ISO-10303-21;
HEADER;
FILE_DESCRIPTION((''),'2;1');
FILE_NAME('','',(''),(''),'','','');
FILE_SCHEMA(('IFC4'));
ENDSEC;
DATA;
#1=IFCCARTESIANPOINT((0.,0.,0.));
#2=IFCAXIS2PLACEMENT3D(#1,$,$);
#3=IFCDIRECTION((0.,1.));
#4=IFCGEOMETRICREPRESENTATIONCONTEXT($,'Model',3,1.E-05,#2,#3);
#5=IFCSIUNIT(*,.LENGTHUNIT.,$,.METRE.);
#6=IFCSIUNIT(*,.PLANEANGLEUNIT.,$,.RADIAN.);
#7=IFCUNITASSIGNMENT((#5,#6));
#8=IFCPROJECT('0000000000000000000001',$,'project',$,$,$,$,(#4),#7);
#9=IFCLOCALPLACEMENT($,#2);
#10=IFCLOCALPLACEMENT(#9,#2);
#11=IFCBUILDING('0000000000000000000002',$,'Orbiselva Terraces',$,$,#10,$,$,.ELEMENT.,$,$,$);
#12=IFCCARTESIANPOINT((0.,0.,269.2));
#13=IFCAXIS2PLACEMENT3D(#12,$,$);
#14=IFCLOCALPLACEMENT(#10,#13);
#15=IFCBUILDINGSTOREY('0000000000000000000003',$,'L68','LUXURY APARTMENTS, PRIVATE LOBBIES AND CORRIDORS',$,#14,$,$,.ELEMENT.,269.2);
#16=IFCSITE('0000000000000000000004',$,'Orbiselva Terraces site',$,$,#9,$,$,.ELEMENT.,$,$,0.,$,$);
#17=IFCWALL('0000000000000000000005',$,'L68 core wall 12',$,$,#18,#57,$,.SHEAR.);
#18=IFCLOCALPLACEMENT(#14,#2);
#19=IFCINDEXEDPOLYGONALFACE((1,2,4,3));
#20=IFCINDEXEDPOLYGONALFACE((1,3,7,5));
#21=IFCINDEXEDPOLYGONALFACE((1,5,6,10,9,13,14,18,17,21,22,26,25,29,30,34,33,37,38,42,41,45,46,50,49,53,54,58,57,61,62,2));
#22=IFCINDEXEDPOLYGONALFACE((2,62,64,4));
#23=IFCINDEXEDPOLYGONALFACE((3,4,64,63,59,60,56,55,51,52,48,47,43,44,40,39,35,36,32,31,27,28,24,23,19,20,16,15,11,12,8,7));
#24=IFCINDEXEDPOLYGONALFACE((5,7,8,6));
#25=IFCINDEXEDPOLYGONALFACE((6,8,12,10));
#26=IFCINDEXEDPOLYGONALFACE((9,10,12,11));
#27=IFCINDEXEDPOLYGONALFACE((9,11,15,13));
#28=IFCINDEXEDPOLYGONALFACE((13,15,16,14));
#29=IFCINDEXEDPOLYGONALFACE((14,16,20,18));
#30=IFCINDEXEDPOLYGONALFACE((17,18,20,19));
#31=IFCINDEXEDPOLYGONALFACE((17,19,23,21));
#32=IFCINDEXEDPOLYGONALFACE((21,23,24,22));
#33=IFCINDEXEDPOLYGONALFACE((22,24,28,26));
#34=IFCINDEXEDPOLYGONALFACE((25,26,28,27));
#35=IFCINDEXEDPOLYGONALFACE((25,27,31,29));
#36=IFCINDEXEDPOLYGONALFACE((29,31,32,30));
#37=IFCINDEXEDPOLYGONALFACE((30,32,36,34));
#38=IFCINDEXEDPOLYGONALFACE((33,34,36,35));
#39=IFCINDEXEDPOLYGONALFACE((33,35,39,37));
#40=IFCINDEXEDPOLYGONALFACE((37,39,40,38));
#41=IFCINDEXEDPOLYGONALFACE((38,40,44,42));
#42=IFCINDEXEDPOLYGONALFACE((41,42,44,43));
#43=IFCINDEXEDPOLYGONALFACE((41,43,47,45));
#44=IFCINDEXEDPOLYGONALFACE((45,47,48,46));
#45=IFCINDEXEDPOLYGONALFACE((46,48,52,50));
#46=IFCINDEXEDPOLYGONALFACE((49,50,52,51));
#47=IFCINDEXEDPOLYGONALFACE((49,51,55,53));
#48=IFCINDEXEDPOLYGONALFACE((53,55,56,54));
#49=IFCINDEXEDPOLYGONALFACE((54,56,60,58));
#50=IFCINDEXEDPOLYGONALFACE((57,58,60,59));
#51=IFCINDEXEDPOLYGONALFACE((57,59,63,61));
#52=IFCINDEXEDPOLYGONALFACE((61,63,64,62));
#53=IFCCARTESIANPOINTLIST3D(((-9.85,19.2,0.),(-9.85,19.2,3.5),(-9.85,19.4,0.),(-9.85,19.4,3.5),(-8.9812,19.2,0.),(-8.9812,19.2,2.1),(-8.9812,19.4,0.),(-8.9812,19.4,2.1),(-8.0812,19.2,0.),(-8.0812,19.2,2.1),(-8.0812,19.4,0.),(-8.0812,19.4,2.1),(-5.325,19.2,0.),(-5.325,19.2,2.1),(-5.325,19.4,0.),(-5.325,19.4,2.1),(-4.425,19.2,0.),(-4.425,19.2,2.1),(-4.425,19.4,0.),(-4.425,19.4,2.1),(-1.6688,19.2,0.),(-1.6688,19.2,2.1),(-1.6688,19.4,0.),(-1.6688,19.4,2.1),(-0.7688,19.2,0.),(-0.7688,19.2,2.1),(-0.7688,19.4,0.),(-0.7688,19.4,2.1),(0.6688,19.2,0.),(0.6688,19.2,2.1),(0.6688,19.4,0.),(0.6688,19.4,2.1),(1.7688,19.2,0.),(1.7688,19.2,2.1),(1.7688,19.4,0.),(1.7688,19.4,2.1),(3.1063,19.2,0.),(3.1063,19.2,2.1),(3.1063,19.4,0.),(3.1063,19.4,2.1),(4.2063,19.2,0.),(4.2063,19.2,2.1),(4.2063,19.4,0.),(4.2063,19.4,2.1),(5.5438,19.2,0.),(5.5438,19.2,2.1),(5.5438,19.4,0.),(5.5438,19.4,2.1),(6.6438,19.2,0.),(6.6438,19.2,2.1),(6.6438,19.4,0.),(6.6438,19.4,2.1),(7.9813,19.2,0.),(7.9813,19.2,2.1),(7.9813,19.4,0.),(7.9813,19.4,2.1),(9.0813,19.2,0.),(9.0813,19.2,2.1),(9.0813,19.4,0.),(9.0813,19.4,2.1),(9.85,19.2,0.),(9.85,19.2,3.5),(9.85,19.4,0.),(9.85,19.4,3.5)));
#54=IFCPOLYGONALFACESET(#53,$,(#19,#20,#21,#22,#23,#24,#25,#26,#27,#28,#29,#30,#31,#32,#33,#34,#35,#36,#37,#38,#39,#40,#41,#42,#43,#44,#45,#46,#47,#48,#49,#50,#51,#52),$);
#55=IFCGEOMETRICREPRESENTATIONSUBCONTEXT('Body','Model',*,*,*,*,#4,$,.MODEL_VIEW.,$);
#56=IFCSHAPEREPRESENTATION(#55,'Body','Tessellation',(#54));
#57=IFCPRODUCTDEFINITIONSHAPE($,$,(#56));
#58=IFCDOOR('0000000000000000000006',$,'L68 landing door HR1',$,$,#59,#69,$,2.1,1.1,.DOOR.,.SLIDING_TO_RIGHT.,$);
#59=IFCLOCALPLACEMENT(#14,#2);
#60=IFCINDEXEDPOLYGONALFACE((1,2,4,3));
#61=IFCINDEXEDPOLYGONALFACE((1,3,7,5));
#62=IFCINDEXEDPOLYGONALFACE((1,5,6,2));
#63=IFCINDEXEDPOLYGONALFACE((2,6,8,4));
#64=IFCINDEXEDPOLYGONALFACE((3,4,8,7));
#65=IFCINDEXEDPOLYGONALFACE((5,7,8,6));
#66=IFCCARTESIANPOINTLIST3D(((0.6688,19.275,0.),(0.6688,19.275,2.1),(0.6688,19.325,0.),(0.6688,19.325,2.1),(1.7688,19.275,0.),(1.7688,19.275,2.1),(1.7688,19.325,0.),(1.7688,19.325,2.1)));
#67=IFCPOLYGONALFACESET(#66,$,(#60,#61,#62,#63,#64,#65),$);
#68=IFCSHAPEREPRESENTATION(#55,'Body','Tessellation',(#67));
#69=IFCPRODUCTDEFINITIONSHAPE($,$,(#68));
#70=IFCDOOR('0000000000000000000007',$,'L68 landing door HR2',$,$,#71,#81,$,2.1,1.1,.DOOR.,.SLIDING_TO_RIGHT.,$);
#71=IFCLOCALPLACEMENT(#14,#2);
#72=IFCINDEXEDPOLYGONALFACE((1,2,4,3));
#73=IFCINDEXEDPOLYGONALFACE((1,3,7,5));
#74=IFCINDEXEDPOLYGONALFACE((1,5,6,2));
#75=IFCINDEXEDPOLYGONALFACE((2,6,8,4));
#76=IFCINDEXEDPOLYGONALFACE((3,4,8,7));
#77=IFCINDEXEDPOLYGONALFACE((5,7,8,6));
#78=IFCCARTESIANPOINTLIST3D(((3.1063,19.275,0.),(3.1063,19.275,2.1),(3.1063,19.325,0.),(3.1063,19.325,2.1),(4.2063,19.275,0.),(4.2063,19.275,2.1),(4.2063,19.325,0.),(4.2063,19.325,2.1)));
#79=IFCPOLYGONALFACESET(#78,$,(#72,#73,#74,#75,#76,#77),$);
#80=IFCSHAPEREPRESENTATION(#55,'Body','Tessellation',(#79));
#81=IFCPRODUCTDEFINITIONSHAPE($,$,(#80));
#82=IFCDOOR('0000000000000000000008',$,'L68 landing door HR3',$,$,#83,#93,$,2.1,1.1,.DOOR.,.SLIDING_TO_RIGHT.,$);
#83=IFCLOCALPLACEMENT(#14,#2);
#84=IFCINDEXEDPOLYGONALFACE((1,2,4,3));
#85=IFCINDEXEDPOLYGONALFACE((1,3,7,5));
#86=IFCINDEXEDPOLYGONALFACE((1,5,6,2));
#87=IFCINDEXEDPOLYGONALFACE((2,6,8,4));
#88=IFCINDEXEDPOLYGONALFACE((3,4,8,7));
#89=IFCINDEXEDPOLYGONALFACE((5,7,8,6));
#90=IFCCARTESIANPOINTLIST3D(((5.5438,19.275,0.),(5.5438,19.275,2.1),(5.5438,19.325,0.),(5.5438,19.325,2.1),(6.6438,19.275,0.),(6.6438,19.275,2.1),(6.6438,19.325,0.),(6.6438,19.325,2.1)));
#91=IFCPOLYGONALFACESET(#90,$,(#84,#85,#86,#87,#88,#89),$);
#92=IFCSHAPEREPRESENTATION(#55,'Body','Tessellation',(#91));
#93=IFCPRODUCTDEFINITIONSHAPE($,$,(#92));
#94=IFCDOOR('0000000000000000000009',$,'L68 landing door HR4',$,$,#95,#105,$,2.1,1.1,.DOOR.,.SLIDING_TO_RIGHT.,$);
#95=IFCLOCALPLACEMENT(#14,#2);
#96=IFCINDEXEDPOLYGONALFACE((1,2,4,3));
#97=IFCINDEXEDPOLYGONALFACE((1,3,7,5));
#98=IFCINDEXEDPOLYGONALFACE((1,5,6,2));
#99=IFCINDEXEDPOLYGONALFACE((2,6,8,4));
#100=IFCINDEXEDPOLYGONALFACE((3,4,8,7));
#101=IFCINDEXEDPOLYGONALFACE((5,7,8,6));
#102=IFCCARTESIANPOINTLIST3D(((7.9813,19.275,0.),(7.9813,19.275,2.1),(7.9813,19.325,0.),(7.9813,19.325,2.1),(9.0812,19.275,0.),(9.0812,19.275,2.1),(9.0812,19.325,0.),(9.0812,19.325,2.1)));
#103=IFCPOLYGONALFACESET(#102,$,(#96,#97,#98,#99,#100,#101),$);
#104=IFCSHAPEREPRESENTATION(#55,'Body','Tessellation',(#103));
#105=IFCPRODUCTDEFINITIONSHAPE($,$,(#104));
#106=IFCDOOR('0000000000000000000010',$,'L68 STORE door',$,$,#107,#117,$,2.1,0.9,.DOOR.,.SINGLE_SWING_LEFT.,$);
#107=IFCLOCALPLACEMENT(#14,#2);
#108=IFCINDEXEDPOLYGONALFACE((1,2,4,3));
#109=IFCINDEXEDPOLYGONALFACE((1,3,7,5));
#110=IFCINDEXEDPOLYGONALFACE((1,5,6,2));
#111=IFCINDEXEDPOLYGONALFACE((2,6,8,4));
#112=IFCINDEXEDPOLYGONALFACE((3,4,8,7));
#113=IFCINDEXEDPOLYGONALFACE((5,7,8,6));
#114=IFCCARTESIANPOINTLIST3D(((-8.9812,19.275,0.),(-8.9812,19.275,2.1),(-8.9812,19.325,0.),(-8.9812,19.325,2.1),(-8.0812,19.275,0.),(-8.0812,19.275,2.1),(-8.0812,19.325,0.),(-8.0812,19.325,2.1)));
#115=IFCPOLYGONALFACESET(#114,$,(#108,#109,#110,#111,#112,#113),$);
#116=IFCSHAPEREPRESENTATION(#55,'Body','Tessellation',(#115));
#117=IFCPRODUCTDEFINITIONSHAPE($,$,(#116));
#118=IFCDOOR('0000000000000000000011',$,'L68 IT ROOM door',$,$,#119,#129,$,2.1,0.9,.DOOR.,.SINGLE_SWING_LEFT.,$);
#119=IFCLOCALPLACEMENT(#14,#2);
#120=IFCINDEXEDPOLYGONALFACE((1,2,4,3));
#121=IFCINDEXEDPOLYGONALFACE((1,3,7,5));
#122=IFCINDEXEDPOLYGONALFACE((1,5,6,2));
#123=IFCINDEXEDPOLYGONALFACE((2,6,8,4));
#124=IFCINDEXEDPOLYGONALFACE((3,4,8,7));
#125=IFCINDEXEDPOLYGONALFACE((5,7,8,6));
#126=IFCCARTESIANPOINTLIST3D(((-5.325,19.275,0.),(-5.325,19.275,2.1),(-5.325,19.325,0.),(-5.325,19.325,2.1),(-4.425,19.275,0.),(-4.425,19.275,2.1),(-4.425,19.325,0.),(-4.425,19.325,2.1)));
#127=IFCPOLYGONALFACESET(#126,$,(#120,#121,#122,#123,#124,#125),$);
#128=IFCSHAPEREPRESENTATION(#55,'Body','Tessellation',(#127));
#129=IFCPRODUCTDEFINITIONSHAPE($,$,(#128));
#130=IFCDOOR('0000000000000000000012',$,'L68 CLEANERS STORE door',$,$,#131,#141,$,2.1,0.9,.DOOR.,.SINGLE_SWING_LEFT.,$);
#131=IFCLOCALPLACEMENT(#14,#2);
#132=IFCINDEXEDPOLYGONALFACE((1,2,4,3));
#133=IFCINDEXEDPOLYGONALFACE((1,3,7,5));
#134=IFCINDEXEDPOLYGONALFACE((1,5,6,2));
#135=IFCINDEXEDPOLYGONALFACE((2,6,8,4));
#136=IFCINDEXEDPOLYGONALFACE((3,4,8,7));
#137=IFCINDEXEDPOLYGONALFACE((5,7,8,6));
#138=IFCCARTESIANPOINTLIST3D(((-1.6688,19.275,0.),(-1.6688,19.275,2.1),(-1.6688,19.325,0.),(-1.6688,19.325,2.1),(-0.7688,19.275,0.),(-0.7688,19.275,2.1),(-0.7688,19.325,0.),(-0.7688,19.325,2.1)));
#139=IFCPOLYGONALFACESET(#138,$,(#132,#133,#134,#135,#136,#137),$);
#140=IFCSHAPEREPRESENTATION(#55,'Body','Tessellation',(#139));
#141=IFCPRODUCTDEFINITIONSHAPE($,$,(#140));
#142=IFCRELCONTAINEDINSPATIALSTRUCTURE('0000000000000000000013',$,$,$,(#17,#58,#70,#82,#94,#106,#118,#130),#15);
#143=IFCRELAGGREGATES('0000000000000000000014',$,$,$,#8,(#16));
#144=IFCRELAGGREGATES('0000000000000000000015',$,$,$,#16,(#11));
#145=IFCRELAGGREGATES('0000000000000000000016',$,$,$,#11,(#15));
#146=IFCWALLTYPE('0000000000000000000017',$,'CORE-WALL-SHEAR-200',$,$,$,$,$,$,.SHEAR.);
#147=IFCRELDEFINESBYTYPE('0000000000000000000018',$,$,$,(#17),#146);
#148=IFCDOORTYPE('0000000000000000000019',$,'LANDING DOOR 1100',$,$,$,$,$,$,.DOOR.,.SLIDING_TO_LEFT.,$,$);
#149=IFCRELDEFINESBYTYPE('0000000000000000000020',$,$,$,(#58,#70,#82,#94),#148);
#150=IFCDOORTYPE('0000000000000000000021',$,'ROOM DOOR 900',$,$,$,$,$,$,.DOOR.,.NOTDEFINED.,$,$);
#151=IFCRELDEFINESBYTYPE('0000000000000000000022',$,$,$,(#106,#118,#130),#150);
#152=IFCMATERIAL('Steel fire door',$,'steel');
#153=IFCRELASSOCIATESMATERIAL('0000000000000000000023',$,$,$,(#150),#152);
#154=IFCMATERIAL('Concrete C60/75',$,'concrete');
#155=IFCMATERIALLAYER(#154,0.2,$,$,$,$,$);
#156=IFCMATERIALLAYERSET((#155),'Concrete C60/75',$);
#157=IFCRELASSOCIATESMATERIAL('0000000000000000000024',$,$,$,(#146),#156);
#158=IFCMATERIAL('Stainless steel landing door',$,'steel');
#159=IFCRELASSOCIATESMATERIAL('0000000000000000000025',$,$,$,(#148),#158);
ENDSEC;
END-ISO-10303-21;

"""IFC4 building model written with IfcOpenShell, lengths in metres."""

from ifc_helpers import new_model, si_unit, direction, frame, frame_2d, origin, place, context, subcontext, project, spatial, rectangle, extrude, material, layer, layer_set, type_object, element, fill, save


model = new_model("IFC4")

# Units and contexts
model_context = context("Model", 3, precision=1e-05, world=origin(), true_north=direction((0.0, 1.0)))
body_context = subcontext(model_context, "Body", "Model", "MODEL_VIEW")
ifc_project = project(units=[si_unit("LENGTHUNIT", "METRE"), si_unit("PLANEANGLEUNIT", "RADIAN")], contexts=[model_context])

# Site, building, storey
site_placement = place(None, origin())
site = spatial("IfcSite", under=ifc_project, at=site_placement, Name="Orbiselva Terraces site", CompositionType="ELEMENT", RefElevation=0.0)
building_placement = place(site_placement, origin())
building = spatial("IfcBuilding", under=site, at=building_placement, Name="Orbiselva Terraces", CompositionType="ELEMENT")
storey_placement = place(building_placement, frame((0.0, 0.0, 269.2)))
storey = spatial("IfcBuildingStorey", under=building, at=storey_placement, Name="L68", Description="LUXURY APARTMENTS, PRIVATE LOBBIES AND CORRIDORS", CompositionType="ELEMENT", Elevation=269.2)

# Shared definitions
ifc_material_1 = material(Name="Steel fire door", Category="steel")
door_type_1 = type_object("IfcDoorType", Name="ROOM DOOR 900", OperationType="NOTDEFINED", PredefinedType="DOOR", material=ifc_material_1)

# Shared definitions
ifc_material_2 = material(Name="Concrete C60/75", Category="concrete")
ifc_layer_1 = layer(ifc_material_2, 0.2)
ifc_layer_set_1 = layer_set([ifc_layer_1], Name="Concrete C60/75")
wall_type_1 = type_object("IfcWallType", Name="CORE-WALL-SHEAR-200", PredefinedType="SHEAR", material=ifc_layer_set_1)

# Wall, openings, doors
wall_1_placement = place(storey_placement, frame((-9.85, 19.3, 0.0), z_axis=(0.0, 0.0, 1.0), x_axis=(1.0, 0.0, 0.0)))
wall_1 = element("IfcWall", 1, at=wall_1_placement, inside=storey, type_object=wall_type_1, Name="L68 core wall 12", PredefinedType="SHEAR", context=body_context, shape_type="SweptSolid", body=[
    extrude(rectangle(XDim=19.7, YDim=0.2, at=frame_2d((9.85, 0.0))), origin(), (0.0, 0.0, 1.0), 3.5),
])
opening_1_placement = place(wall_1_placement, frame((10.5188, 0.0, 0.0)))
opening_1 = element("IfcOpeningElement", 2, at=opening_1_placement, cuts=wall_1, PredefinedType="OPENING", context=body_context, shape_type="SweptSolid", body=[
    extrude(rectangle(XDim=1.1, YDim=2.1, at=frame_2d((0.55, 1.05))), frame((0.0, 0.11, 0.0), z_axis=(0.0, -1.0, 0.0), x_axis=(1.0, 0.0, 0.0)), (0.0, 0.0, 1.0), 0.22),
])
opening_2_placement = place(wall_1_placement, frame((12.9563, 0.0, 0.0)))
opening_2 = element("IfcOpeningElement", 3, at=opening_2_placement, cuts=wall_1, PredefinedType="OPENING", context=body_context, shape_type="SweptSolid", body=[
    extrude(rectangle(XDim=1.1, YDim=2.1, at=frame_2d((0.55, 1.05))), frame((0.0, 0.11, 0.0), z_axis=(0.0, -1.0, 0.0), x_axis=(1.0, 0.0, 0.0)), (0.0, 0.0, 1.0), 0.22),
])
opening_3_placement = place(wall_1_placement, frame((15.3938, 0.0, 0.0)))
opening_3 = element("IfcOpeningElement", 4, at=opening_3_placement, cuts=wall_1, PredefinedType="OPENING", context=body_context, shape_type="SweptSolid", body=[
    extrude(rectangle(XDim=1.1, YDim=2.1, at=frame_2d((0.55, 1.05))), frame((0.0, 0.11, 0.0), z_axis=(0.0, -1.0, 0.0), x_axis=(1.0, 0.0, 0.0)), (0.0, 0.0, 1.0), 0.22),
])
opening_4_placement = place(wall_1_placement, frame((17.8313, 0.0, 0.0)))
opening_4 = element("IfcOpeningElement", 5, at=opening_4_placement, cuts=wall_1, PredefinedType="OPENING", context=body_context, shape_type="SweptSolid", body=[
    extrude(rectangle(XDim=1.1, YDim=2.1, at=frame_2d((0.55, 1.05))), frame((0.0, 0.11, 0.0), z_axis=(0.0, -1.0, 0.0), x_axis=(1.0, 0.0, 0.0)), (0.0, 0.0, 1.0), 0.22),
])
opening_5_placement = place(wall_1_placement, frame((0.8688, 0.0, 0.0)))
opening_5 = element("IfcOpeningElement", 6, at=opening_5_placement, cuts=wall_1, PredefinedType="OPENING", context=body_context, shape_type="SweptSolid", body=[
    extrude(rectangle(XDim=0.9, YDim=2.1, at=frame_2d((0.45, 1.05))), frame((0.0, 0.11, 0.0), z_axis=(0.0, -1.0, 0.0), x_axis=(1.0, 0.0, 0.0)), (0.0, 0.0, 1.0), 0.22),
])
opening_6_placement = place(wall_1_placement, frame((4.525, 0.0, 0.0)))
opening_6 = element("IfcOpeningElement", 7, at=opening_6_placement, cuts=wall_1, PredefinedType="OPENING", context=body_context, shape_type="SweptSolid", body=[
    extrude(rectangle(XDim=0.9, YDim=2.1, at=frame_2d((0.45, 1.05))), frame((0.0, 0.11, 0.0), z_axis=(0.0, -1.0, 0.0), x_axis=(1.0, 0.0, 0.0)), (0.0, 0.0, 1.0), 0.22),
])
opening_7_placement = place(wall_1_placement, frame((8.1812, 0.0, 0.0)))
opening_7 = element("IfcOpeningElement", 8, at=opening_7_placement, cuts=wall_1, PredefinedType="OPENING", context=body_context, shape_type="SweptSolid", body=[
    extrude(rectangle(XDim=0.9, YDim=2.1, at=frame_2d((0.45, 1.05))), frame((0.0, 0.11, 0.0), z_axis=(0.0, -1.0, 0.0), x_axis=(1.0, 0.0, 0.0)), (0.0, 0.0, 1.0), 0.22),
])
ifc_material_3 = material(Name="Stainless steel landing door", Category="steel")
door_type_2 = type_object("IfcDoorType", Name="LANDING DOOR 1100", OperationType="SLIDING_TO_LEFT", PredefinedType="DOOR", material=ifc_material_3)
door_1_placement = place(opening_1_placement, origin())
door_1 = element("IfcDoor", 9, at=door_1_placement, inside=storey, type_object=door_type_2, Name="L68 landing door HR1", OperationType="SLIDING_TO_RIGHT", OverallHeight=2.1, OverallWidth=1.1, PredefinedType="DOOR", context=body_context, shape_type="SweptSolid", body=[
    extrude(rectangle(XDim=1.1, YDim=2.1, at=frame_2d((0.55, 1.05))), frame((0.0, 0.025, 0.0), z_axis=(0.0, -1.0, 0.0), x_axis=(1.0, 0.0, 0.0)), (0.0, 0.0, 1.0), 0.05),
])
fill(opening_1, door_1)
door_2_placement = place(opening_2_placement, origin())
door_2 = element("IfcDoor", 10, at=door_2_placement, inside=storey, type_object=door_type_2, Name="L68 landing door HR2", OperationType="SLIDING_TO_RIGHT", OverallHeight=2.1, OverallWidth=1.1, PredefinedType="DOOR", context=body_context, shape_type="SweptSolid", body=[
    extrude(rectangle(XDim=1.1, YDim=2.1, at=frame_2d((0.55, 1.05))), frame((0.0, 0.025, 0.0), z_axis=(0.0, -1.0, 0.0), x_axis=(1.0, 0.0, 0.0)), (0.0, 0.0, 1.0), 0.05),
])
fill(opening_2, door_2)
door_3_placement = place(opening_3_placement, origin())
door_3 = element("IfcDoor", 11, at=door_3_placement, inside=storey, type_object=door_type_2, Name="L68 landing door HR3", OperationType="SLIDING_TO_RIGHT", OverallHeight=2.1, OverallWidth=1.1, PredefinedType="DOOR", context=body_context, shape_type="SweptSolid", body=[
    extrude(rectangle(XDim=1.1, YDim=2.1, at=frame_2d((0.55, 1.05))), frame((0.0, 0.025, 0.0), z_axis=(0.0, -1.0, 0.0), x_axis=(1.0, 0.0, 0.0)), (0.0, 0.0, 1.0), 0.05),
])
fill(opening_3, door_3)
door_4_placement = place(opening_4_placement, origin())
door_4 = element("IfcDoor", 12, at=door_4_placement, inside=storey, type_object=door_type_2, Name="L68 landing door HR4", OperationType="SLIDING_TO_RIGHT", OverallHeight=2.1, OverallWidth=1.1, PredefinedType="DOOR", context=body_context, shape_type="SweptSolid", body=[
    extrude(rectangle(XDim=1.1, YDim=2.1, at=frame_2d((0.55, 1.05))), frame((0.0, 0.025, 0.0), z_axis=(0.0, -1.0, 0.0), x_axis=(1.0, 0.0, 0.0)), (0.0, 0.0, 1.0), 0.05),
])
fill(opening_4, door_4)
door_5_placement = place(opening_5_placement, origin())
door_5 = element("IfcDoor", 13, at=door_5_placement, inside=storey, type_object=door_type_1, Name="L68 STORE door", OperationType="SINGLE_SWING_LEFT", OverallHeight=2.1, OverallWidth=0.9, PredefinedType="DOOR", context=body_context, shape_type="SweptSolid", body=[
    extrude(rectangle(XDim=0.9, YDim=2.1, at=frame_2d((0.45, 1.05))), frame((0.0, 0.025, 0.0), z_axis=(0.0, -1.0, 0.0), x_axis=(1.0, 0.0, 0.0)), (0.0, 0.0, 1.0), 0.05),
])
fill(opening_5, door_5)
door_6_placement = place(opening_6_placement, origin())
door_6 = element("IfcDoor", 14, at=door_6_placement, inside=storey, type_object=door_type_1, Name="L68 IT ROOM door", OperationType="SINGLE_SWING_LEFT", OverallHeight=2.1, OverallWidth=0.9, PredefinedType="DOOR", context=body_context, shape_type="SweptSolid", body=[
    extrude(rectangle(XDim=0.9, YDim=2.1, at=frame_2d((0.45, 1.05))), frame((0.0, 0.025, 0.0), z_axis=(0.0, -1.0, 0.0), x_axis=(1.0, 0.0, 0.0)), (0.0, 0.0, 1.0), 0.05),
])
fill(opening_6, door_6)
door_7_placement = place(opening_7_placement, origin())
door_7 = element("IfcDoor", 15, at=door_7_placement, inside=storey, type_object=door_type_1, Name="L68 CLEANERS STORE door", OperationType="SINGLE_SWING_LEFT", OverallHeight=2.1, OverallWidth=0.9, PredefinedType="DOOR", context=body_context, shape_type="SweptSolid", body=[
    extrude(rectangle(XDim=0.9, YDim=2.1, at=frame_2d((0.45, 1.05))), frame((0.0, 0.025, 0.0), z_axis=(0.0, -1.0, 0.0), x_axis=(1.0, 0.0, 0.0)), (0.0, 0.0, 1.0), 0.05),
])
fill(opening_7, door_7)

save(model, "model.ifc")
